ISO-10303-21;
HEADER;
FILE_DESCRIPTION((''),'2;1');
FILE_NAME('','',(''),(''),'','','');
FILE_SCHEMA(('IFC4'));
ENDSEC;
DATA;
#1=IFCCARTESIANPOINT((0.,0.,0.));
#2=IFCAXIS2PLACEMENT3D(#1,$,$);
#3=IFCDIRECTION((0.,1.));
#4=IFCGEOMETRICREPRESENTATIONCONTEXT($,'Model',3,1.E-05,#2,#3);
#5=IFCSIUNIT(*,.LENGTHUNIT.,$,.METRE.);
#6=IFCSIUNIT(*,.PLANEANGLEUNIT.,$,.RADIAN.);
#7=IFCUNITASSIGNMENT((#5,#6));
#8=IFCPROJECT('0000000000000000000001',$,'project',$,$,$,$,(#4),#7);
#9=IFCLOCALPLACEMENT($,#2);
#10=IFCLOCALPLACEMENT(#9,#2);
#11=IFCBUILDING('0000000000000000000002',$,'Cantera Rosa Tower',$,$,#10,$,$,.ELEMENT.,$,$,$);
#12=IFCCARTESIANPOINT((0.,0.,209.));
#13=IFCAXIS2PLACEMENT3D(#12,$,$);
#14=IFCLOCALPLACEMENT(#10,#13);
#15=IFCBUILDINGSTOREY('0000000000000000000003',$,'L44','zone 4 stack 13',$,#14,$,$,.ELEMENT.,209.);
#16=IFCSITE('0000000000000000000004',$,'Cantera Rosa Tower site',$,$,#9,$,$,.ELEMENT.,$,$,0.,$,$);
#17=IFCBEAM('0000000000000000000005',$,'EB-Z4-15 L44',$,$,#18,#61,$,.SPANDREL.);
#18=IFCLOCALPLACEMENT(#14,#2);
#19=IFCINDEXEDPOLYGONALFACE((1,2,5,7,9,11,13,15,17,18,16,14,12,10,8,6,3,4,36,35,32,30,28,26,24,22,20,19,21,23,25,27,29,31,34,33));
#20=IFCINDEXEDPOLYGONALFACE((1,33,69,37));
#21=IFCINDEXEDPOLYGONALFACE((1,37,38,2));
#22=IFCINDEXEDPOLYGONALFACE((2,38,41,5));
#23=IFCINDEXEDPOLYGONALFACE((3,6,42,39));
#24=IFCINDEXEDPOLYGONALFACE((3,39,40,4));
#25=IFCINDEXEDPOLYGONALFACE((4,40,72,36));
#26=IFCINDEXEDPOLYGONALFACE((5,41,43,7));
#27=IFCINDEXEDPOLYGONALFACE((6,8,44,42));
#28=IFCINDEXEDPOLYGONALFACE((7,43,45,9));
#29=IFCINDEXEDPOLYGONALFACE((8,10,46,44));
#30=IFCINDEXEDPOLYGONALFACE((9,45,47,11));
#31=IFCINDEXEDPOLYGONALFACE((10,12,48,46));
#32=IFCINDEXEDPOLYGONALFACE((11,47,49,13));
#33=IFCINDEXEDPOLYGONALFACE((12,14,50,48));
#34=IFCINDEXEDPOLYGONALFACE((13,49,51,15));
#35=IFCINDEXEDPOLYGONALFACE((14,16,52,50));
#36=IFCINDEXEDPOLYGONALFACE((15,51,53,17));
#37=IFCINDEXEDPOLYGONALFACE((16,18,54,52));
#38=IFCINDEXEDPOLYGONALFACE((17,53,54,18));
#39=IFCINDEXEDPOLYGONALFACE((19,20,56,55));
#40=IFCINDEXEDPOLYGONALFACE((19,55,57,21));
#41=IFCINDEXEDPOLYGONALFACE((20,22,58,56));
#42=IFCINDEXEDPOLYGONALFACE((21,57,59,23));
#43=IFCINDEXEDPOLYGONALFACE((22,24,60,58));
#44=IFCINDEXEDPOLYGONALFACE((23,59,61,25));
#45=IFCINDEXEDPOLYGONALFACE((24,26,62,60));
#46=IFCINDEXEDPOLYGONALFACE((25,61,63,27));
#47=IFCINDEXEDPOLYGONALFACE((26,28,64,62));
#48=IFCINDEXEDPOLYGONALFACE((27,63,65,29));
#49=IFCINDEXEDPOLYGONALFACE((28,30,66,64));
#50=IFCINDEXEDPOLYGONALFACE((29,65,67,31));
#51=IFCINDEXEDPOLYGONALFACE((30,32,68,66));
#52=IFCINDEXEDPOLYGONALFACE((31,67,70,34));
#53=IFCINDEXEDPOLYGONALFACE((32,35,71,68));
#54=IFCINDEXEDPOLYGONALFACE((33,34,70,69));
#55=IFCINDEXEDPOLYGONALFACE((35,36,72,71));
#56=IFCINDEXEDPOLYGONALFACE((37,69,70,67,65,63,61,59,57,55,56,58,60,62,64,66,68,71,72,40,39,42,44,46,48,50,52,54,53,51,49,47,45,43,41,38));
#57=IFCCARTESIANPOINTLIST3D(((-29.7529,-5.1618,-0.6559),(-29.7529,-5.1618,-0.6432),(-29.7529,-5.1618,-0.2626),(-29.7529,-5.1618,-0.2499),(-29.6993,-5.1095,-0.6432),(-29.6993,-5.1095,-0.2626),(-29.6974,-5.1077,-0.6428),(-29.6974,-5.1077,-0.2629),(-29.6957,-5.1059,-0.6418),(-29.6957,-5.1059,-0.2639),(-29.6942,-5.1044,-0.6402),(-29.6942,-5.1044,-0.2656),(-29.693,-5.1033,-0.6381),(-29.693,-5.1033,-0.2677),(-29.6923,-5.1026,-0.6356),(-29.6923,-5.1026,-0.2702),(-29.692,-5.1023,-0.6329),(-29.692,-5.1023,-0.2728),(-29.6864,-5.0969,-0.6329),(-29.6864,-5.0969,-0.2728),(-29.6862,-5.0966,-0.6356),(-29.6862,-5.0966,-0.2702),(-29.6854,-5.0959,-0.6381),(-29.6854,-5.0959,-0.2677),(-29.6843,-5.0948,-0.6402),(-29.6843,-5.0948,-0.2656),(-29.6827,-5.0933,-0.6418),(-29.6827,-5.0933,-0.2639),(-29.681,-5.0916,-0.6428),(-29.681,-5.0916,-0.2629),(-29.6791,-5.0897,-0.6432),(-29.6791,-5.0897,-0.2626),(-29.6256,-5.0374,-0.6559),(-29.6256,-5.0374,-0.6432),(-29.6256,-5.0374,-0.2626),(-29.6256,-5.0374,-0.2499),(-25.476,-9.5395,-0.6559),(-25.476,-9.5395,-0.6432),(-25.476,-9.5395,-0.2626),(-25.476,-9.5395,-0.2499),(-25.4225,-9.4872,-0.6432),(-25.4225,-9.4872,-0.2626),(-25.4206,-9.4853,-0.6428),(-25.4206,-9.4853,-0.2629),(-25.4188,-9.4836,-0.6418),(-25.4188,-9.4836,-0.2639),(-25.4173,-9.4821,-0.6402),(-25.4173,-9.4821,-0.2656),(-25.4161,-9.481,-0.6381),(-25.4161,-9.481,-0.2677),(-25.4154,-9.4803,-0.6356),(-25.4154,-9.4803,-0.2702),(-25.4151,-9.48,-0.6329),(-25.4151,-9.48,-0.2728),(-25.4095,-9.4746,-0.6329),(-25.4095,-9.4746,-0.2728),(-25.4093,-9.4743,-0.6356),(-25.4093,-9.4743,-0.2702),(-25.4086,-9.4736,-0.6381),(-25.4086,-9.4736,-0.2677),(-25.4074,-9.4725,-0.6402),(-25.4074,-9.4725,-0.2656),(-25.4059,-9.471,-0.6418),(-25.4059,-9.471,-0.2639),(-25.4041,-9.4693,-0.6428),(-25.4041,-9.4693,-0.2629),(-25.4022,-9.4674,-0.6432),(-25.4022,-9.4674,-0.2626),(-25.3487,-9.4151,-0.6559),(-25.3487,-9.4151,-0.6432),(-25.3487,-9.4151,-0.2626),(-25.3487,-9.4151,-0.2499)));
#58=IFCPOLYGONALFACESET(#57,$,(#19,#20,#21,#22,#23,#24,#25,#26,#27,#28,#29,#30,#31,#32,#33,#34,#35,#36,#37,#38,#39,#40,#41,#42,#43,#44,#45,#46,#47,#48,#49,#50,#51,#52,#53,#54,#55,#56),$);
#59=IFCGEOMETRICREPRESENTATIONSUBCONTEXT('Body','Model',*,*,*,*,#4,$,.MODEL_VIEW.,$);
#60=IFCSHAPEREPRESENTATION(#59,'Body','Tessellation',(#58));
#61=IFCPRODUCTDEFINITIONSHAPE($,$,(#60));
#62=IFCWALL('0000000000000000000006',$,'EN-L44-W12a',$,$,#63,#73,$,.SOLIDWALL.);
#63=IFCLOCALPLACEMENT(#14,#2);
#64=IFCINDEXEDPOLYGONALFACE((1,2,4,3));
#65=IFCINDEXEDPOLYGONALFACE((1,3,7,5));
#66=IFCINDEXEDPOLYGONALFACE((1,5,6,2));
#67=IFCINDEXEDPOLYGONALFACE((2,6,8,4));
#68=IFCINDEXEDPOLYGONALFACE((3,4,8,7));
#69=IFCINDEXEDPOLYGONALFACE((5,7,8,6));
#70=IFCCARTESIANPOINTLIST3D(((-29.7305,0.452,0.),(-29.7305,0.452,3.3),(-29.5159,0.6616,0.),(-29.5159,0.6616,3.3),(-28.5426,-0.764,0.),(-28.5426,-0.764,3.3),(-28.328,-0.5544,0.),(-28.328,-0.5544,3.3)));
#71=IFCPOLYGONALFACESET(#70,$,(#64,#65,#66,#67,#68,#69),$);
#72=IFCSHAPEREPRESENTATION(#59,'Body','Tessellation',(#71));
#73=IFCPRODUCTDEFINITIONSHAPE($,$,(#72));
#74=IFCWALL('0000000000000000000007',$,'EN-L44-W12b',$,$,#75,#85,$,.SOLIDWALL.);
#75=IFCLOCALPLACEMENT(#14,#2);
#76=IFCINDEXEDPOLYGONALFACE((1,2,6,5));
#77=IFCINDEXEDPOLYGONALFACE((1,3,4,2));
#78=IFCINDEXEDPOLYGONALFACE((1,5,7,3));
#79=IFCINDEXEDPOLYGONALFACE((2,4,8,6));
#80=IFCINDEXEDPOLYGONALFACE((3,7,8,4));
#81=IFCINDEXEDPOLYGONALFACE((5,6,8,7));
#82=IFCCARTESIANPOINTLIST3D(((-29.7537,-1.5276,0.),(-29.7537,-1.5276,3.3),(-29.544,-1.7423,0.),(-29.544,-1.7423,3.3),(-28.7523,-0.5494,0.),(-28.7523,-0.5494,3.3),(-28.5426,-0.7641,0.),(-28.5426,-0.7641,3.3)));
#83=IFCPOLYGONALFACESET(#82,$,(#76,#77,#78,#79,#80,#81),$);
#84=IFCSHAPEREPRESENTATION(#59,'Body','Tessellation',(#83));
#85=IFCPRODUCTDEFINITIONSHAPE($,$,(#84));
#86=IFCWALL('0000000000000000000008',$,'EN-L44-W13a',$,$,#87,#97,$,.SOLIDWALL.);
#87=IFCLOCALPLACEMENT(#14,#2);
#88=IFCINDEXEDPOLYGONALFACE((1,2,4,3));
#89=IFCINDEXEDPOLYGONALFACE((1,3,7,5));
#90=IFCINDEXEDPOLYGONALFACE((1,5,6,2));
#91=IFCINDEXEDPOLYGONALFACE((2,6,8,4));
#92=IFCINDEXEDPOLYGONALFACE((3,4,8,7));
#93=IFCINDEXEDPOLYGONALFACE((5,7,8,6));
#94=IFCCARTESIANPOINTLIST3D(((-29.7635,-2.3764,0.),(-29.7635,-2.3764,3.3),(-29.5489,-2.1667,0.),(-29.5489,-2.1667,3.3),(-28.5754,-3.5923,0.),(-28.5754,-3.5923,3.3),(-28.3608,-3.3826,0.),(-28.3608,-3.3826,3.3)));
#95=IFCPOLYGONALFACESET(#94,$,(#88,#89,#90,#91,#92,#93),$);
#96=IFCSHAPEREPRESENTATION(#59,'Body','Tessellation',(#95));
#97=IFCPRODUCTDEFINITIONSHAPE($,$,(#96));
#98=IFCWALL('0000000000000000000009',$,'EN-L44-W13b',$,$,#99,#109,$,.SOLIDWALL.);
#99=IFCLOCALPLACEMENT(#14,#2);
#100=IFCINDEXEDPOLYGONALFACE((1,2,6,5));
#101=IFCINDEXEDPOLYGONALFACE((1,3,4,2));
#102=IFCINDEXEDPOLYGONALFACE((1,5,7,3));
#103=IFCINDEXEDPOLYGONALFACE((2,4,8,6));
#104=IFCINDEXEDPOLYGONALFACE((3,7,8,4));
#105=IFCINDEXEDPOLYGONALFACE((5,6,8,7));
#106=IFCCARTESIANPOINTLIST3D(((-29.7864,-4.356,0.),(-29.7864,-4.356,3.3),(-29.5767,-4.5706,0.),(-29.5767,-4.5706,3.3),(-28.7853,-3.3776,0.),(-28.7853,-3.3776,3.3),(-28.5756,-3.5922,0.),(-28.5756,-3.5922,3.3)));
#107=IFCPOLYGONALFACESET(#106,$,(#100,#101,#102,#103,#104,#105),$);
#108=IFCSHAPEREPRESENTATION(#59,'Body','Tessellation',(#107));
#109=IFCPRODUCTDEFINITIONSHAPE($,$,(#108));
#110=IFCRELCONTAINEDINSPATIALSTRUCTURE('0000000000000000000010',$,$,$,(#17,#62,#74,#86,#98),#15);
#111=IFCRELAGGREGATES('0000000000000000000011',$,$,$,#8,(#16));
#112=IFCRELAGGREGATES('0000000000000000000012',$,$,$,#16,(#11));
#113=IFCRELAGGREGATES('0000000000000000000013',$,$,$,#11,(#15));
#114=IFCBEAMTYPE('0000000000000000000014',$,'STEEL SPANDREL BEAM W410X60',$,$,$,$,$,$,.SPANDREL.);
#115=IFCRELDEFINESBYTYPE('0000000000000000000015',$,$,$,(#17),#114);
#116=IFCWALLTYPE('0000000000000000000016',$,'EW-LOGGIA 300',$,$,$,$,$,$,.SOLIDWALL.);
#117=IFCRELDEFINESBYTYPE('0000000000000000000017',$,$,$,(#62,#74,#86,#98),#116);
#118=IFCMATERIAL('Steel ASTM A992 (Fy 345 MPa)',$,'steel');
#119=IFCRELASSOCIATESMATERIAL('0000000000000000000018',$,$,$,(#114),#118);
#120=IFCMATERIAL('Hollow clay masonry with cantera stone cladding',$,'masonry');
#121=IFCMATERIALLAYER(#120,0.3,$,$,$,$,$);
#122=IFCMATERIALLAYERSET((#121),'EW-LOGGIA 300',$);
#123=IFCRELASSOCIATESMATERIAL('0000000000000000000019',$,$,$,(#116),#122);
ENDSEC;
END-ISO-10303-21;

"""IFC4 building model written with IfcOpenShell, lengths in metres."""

from ifc_helpers import new_model, si_unit, direction, frame, frame_2d, origin, origin_2d, place, context, subcontext, project, spatial, rectangle, i_section, extrude, material, layer, layer_set, material_profile, profile_set, type_object, element, save


model = new_model("IFC4")

# Units and contexts
model_context = context("Model", 3, precision=1e-05, world=origin(), true_north=direction((0.0, 1.0)))
body_context = subcontext(model_context, "Body", "Model", "MODEL_VIEW")
ifc_project = project(units=[si_unit("LENGTHUNIT", "METRE"), si_unit("PLANEANGLEUNIT", "RADIAN")], contexts=[model_context])

# Site, building, storey
site_placement = place(None, origin())
site = spatial("IfcSite", under=ifc_project, at=site_placement, Name="Cantera Rosa Tower site", CompositionType="ELEMENT", RefElevation=0.0)
building_placement = place(site_placement, origin())
building = spatial("IfcBuilding", under=site, at=building_placement, Name="Cantera Rosa Tower", CompositionType="ELEMENT")
storey_placement = place(building_placement, frame((0.0, 0.0, 209.0)))
storey = spatial("IfcBuildingStorey", under=building, at=storey_placement, Name="L44", Description="zone 4 stack 13", CompositionType="ELEMENT", Elevation=209.0)

# Beam
ifc_material_1 = material(Name="Steel ASTM A992 (Fy 345 MPa)", Category="steel")
ifc_material_profile_1 = material_profile(ifc_material_1, i_section(OverallWidth=0.178, OverallDepth=0.406, WebThickness=0.0078, FlangeThickness=0.0127, FilletRadius=0.0103, at=origin_2d()), Name="W410X60")
ifc_profile_set_1 = profile_set([ifc_material_profile_1], Name="Steel ASTM A992 (Fy 345 MPa)")
beam_type_1 = type_object("IfcBeamType", Name="STEEL SPANDREL BEAM W410X60", PredefinedType="SPANDREL", material=ifc_profile_set_1)
beam_1_placement = place(storey_placement, frame((-29.6892, -5.0996, -0.4529), z_axis=(0.698821, -0.715296, 0.0), x_axis=(0.715296, 0.698821, 0.0)))
element("IfcBeam", 1, at=beam_1_placement, inside=storey, type_object=beam_type_1, Name="EB-Z4-15 L44", PredefinedType="SPANDREL", context=body_context, shape_type="SweptSolid", body=[
    extrude(i_section(OverallWidth=0.178, OverallDepth=0.406, WebThickness=0.0078, FlangeThickness=0.0127, FilletRadius=0.0103, at=origin_2d()), origin(), (0.0, 0.0, 1.0), 6.1201),
])

# Walls
ifc_material_2 = material(Name="Hollow clay masonry with cantera stone cladding", Category="masonry")
ifc_layer_1 = layer(ifc_material_2, 0.3)
ifc_layer_set_1 = layer_set([ifc_layer_1], Name="EW-LOGGIA 300")
wall_type_1 = type_object("IfcWallType", Name="EW-LOGGIA 300", PredefinedType="SOLIDWALL", material=ifc_layer_set_1)
wall_1_placement = place(storey_placement, frame((-29.6233, 0.5569, 0.0), z_axis=(0.0, 0.0, 1.0), x_axis=(0.698801, -0.715316, 0.0)))
element("IfcWall", 2, at=wall_1_placement, inside=storey, type_object=wall_type_1, Name="EN-L44-W12a", PredefinedType="SOLIDWALL", context=body_context, shape_type="SweptSolid", body=[
    extrude(rectangle(XDim=1.7, YDim=0.3, at=frame_2d((0.8501, 0.0))), origin(), (0.0, 0.0, 1.0), 3.3),
])
wall_2_placement = place(storey_placement, frame((-28.6475, -0.6567, 0.0), z_axis=(0.0, 0.0, 1.0), x_axis=(-0.715342, -0.698775, 0.0)))
element("IfcWall", 3, at=wall_2_placement, inside=storey, type_object=wall_type_1, Name="EN-L44-W12b", PredefinedType="SOLIDWALL", context=body_context, shape_type="SweptSolid", body=[
    extrude(rectangle(XDim=1.3999, YDim=0.3, at=frame_2d((0.7, 0.0))), origin(), (0.0, 0.0, 1.0), 3.3),
])
wall_3_placement = place(storey_placement, frame((-29.6562, -2.2715, 0.0), z_axis=(0.0, 0.0, 1.0), x_axis=(0.698873, -0.715246, 0.0)))
element("IfcWall", 4, at=wall_3_placement, inside=storey, type_object=wall_type_1, Name="EN-L44-W13a", PredefinedType="SOLIDWALL", context=body_context, shape_type="SweptSolid", body=[
    extrude(rectangle(XDim=1.7, YDim=0.3, at=frame_2d((0.8501, 0.0))), origin(), (0.0, 0.0, 1.0), 3.3),
])
wall_4_placement = place(storey_placement, frame((-28.6804, -3.4849, 0.0), z_axis=(0.0, 0.0, 1.0), x_axis=(-0.715169, -0.698951, 0.0)))
element("IfcWall", 5, at=wall_4_placement, inside=storey, type_object=wall_type_1, Name="EN-L44-W13b", PredefinedType="SOLIDWALL", context=body_context, shape_type="SweptSolid", body=[
    extrude(rectangle(XDim=1.3999, YDim=0.3, at=frame_2d((0.7, 0.0))), origin(), (0.0, 0.0, 1.0), 3.3),
])

save(model, "model.ifc")
